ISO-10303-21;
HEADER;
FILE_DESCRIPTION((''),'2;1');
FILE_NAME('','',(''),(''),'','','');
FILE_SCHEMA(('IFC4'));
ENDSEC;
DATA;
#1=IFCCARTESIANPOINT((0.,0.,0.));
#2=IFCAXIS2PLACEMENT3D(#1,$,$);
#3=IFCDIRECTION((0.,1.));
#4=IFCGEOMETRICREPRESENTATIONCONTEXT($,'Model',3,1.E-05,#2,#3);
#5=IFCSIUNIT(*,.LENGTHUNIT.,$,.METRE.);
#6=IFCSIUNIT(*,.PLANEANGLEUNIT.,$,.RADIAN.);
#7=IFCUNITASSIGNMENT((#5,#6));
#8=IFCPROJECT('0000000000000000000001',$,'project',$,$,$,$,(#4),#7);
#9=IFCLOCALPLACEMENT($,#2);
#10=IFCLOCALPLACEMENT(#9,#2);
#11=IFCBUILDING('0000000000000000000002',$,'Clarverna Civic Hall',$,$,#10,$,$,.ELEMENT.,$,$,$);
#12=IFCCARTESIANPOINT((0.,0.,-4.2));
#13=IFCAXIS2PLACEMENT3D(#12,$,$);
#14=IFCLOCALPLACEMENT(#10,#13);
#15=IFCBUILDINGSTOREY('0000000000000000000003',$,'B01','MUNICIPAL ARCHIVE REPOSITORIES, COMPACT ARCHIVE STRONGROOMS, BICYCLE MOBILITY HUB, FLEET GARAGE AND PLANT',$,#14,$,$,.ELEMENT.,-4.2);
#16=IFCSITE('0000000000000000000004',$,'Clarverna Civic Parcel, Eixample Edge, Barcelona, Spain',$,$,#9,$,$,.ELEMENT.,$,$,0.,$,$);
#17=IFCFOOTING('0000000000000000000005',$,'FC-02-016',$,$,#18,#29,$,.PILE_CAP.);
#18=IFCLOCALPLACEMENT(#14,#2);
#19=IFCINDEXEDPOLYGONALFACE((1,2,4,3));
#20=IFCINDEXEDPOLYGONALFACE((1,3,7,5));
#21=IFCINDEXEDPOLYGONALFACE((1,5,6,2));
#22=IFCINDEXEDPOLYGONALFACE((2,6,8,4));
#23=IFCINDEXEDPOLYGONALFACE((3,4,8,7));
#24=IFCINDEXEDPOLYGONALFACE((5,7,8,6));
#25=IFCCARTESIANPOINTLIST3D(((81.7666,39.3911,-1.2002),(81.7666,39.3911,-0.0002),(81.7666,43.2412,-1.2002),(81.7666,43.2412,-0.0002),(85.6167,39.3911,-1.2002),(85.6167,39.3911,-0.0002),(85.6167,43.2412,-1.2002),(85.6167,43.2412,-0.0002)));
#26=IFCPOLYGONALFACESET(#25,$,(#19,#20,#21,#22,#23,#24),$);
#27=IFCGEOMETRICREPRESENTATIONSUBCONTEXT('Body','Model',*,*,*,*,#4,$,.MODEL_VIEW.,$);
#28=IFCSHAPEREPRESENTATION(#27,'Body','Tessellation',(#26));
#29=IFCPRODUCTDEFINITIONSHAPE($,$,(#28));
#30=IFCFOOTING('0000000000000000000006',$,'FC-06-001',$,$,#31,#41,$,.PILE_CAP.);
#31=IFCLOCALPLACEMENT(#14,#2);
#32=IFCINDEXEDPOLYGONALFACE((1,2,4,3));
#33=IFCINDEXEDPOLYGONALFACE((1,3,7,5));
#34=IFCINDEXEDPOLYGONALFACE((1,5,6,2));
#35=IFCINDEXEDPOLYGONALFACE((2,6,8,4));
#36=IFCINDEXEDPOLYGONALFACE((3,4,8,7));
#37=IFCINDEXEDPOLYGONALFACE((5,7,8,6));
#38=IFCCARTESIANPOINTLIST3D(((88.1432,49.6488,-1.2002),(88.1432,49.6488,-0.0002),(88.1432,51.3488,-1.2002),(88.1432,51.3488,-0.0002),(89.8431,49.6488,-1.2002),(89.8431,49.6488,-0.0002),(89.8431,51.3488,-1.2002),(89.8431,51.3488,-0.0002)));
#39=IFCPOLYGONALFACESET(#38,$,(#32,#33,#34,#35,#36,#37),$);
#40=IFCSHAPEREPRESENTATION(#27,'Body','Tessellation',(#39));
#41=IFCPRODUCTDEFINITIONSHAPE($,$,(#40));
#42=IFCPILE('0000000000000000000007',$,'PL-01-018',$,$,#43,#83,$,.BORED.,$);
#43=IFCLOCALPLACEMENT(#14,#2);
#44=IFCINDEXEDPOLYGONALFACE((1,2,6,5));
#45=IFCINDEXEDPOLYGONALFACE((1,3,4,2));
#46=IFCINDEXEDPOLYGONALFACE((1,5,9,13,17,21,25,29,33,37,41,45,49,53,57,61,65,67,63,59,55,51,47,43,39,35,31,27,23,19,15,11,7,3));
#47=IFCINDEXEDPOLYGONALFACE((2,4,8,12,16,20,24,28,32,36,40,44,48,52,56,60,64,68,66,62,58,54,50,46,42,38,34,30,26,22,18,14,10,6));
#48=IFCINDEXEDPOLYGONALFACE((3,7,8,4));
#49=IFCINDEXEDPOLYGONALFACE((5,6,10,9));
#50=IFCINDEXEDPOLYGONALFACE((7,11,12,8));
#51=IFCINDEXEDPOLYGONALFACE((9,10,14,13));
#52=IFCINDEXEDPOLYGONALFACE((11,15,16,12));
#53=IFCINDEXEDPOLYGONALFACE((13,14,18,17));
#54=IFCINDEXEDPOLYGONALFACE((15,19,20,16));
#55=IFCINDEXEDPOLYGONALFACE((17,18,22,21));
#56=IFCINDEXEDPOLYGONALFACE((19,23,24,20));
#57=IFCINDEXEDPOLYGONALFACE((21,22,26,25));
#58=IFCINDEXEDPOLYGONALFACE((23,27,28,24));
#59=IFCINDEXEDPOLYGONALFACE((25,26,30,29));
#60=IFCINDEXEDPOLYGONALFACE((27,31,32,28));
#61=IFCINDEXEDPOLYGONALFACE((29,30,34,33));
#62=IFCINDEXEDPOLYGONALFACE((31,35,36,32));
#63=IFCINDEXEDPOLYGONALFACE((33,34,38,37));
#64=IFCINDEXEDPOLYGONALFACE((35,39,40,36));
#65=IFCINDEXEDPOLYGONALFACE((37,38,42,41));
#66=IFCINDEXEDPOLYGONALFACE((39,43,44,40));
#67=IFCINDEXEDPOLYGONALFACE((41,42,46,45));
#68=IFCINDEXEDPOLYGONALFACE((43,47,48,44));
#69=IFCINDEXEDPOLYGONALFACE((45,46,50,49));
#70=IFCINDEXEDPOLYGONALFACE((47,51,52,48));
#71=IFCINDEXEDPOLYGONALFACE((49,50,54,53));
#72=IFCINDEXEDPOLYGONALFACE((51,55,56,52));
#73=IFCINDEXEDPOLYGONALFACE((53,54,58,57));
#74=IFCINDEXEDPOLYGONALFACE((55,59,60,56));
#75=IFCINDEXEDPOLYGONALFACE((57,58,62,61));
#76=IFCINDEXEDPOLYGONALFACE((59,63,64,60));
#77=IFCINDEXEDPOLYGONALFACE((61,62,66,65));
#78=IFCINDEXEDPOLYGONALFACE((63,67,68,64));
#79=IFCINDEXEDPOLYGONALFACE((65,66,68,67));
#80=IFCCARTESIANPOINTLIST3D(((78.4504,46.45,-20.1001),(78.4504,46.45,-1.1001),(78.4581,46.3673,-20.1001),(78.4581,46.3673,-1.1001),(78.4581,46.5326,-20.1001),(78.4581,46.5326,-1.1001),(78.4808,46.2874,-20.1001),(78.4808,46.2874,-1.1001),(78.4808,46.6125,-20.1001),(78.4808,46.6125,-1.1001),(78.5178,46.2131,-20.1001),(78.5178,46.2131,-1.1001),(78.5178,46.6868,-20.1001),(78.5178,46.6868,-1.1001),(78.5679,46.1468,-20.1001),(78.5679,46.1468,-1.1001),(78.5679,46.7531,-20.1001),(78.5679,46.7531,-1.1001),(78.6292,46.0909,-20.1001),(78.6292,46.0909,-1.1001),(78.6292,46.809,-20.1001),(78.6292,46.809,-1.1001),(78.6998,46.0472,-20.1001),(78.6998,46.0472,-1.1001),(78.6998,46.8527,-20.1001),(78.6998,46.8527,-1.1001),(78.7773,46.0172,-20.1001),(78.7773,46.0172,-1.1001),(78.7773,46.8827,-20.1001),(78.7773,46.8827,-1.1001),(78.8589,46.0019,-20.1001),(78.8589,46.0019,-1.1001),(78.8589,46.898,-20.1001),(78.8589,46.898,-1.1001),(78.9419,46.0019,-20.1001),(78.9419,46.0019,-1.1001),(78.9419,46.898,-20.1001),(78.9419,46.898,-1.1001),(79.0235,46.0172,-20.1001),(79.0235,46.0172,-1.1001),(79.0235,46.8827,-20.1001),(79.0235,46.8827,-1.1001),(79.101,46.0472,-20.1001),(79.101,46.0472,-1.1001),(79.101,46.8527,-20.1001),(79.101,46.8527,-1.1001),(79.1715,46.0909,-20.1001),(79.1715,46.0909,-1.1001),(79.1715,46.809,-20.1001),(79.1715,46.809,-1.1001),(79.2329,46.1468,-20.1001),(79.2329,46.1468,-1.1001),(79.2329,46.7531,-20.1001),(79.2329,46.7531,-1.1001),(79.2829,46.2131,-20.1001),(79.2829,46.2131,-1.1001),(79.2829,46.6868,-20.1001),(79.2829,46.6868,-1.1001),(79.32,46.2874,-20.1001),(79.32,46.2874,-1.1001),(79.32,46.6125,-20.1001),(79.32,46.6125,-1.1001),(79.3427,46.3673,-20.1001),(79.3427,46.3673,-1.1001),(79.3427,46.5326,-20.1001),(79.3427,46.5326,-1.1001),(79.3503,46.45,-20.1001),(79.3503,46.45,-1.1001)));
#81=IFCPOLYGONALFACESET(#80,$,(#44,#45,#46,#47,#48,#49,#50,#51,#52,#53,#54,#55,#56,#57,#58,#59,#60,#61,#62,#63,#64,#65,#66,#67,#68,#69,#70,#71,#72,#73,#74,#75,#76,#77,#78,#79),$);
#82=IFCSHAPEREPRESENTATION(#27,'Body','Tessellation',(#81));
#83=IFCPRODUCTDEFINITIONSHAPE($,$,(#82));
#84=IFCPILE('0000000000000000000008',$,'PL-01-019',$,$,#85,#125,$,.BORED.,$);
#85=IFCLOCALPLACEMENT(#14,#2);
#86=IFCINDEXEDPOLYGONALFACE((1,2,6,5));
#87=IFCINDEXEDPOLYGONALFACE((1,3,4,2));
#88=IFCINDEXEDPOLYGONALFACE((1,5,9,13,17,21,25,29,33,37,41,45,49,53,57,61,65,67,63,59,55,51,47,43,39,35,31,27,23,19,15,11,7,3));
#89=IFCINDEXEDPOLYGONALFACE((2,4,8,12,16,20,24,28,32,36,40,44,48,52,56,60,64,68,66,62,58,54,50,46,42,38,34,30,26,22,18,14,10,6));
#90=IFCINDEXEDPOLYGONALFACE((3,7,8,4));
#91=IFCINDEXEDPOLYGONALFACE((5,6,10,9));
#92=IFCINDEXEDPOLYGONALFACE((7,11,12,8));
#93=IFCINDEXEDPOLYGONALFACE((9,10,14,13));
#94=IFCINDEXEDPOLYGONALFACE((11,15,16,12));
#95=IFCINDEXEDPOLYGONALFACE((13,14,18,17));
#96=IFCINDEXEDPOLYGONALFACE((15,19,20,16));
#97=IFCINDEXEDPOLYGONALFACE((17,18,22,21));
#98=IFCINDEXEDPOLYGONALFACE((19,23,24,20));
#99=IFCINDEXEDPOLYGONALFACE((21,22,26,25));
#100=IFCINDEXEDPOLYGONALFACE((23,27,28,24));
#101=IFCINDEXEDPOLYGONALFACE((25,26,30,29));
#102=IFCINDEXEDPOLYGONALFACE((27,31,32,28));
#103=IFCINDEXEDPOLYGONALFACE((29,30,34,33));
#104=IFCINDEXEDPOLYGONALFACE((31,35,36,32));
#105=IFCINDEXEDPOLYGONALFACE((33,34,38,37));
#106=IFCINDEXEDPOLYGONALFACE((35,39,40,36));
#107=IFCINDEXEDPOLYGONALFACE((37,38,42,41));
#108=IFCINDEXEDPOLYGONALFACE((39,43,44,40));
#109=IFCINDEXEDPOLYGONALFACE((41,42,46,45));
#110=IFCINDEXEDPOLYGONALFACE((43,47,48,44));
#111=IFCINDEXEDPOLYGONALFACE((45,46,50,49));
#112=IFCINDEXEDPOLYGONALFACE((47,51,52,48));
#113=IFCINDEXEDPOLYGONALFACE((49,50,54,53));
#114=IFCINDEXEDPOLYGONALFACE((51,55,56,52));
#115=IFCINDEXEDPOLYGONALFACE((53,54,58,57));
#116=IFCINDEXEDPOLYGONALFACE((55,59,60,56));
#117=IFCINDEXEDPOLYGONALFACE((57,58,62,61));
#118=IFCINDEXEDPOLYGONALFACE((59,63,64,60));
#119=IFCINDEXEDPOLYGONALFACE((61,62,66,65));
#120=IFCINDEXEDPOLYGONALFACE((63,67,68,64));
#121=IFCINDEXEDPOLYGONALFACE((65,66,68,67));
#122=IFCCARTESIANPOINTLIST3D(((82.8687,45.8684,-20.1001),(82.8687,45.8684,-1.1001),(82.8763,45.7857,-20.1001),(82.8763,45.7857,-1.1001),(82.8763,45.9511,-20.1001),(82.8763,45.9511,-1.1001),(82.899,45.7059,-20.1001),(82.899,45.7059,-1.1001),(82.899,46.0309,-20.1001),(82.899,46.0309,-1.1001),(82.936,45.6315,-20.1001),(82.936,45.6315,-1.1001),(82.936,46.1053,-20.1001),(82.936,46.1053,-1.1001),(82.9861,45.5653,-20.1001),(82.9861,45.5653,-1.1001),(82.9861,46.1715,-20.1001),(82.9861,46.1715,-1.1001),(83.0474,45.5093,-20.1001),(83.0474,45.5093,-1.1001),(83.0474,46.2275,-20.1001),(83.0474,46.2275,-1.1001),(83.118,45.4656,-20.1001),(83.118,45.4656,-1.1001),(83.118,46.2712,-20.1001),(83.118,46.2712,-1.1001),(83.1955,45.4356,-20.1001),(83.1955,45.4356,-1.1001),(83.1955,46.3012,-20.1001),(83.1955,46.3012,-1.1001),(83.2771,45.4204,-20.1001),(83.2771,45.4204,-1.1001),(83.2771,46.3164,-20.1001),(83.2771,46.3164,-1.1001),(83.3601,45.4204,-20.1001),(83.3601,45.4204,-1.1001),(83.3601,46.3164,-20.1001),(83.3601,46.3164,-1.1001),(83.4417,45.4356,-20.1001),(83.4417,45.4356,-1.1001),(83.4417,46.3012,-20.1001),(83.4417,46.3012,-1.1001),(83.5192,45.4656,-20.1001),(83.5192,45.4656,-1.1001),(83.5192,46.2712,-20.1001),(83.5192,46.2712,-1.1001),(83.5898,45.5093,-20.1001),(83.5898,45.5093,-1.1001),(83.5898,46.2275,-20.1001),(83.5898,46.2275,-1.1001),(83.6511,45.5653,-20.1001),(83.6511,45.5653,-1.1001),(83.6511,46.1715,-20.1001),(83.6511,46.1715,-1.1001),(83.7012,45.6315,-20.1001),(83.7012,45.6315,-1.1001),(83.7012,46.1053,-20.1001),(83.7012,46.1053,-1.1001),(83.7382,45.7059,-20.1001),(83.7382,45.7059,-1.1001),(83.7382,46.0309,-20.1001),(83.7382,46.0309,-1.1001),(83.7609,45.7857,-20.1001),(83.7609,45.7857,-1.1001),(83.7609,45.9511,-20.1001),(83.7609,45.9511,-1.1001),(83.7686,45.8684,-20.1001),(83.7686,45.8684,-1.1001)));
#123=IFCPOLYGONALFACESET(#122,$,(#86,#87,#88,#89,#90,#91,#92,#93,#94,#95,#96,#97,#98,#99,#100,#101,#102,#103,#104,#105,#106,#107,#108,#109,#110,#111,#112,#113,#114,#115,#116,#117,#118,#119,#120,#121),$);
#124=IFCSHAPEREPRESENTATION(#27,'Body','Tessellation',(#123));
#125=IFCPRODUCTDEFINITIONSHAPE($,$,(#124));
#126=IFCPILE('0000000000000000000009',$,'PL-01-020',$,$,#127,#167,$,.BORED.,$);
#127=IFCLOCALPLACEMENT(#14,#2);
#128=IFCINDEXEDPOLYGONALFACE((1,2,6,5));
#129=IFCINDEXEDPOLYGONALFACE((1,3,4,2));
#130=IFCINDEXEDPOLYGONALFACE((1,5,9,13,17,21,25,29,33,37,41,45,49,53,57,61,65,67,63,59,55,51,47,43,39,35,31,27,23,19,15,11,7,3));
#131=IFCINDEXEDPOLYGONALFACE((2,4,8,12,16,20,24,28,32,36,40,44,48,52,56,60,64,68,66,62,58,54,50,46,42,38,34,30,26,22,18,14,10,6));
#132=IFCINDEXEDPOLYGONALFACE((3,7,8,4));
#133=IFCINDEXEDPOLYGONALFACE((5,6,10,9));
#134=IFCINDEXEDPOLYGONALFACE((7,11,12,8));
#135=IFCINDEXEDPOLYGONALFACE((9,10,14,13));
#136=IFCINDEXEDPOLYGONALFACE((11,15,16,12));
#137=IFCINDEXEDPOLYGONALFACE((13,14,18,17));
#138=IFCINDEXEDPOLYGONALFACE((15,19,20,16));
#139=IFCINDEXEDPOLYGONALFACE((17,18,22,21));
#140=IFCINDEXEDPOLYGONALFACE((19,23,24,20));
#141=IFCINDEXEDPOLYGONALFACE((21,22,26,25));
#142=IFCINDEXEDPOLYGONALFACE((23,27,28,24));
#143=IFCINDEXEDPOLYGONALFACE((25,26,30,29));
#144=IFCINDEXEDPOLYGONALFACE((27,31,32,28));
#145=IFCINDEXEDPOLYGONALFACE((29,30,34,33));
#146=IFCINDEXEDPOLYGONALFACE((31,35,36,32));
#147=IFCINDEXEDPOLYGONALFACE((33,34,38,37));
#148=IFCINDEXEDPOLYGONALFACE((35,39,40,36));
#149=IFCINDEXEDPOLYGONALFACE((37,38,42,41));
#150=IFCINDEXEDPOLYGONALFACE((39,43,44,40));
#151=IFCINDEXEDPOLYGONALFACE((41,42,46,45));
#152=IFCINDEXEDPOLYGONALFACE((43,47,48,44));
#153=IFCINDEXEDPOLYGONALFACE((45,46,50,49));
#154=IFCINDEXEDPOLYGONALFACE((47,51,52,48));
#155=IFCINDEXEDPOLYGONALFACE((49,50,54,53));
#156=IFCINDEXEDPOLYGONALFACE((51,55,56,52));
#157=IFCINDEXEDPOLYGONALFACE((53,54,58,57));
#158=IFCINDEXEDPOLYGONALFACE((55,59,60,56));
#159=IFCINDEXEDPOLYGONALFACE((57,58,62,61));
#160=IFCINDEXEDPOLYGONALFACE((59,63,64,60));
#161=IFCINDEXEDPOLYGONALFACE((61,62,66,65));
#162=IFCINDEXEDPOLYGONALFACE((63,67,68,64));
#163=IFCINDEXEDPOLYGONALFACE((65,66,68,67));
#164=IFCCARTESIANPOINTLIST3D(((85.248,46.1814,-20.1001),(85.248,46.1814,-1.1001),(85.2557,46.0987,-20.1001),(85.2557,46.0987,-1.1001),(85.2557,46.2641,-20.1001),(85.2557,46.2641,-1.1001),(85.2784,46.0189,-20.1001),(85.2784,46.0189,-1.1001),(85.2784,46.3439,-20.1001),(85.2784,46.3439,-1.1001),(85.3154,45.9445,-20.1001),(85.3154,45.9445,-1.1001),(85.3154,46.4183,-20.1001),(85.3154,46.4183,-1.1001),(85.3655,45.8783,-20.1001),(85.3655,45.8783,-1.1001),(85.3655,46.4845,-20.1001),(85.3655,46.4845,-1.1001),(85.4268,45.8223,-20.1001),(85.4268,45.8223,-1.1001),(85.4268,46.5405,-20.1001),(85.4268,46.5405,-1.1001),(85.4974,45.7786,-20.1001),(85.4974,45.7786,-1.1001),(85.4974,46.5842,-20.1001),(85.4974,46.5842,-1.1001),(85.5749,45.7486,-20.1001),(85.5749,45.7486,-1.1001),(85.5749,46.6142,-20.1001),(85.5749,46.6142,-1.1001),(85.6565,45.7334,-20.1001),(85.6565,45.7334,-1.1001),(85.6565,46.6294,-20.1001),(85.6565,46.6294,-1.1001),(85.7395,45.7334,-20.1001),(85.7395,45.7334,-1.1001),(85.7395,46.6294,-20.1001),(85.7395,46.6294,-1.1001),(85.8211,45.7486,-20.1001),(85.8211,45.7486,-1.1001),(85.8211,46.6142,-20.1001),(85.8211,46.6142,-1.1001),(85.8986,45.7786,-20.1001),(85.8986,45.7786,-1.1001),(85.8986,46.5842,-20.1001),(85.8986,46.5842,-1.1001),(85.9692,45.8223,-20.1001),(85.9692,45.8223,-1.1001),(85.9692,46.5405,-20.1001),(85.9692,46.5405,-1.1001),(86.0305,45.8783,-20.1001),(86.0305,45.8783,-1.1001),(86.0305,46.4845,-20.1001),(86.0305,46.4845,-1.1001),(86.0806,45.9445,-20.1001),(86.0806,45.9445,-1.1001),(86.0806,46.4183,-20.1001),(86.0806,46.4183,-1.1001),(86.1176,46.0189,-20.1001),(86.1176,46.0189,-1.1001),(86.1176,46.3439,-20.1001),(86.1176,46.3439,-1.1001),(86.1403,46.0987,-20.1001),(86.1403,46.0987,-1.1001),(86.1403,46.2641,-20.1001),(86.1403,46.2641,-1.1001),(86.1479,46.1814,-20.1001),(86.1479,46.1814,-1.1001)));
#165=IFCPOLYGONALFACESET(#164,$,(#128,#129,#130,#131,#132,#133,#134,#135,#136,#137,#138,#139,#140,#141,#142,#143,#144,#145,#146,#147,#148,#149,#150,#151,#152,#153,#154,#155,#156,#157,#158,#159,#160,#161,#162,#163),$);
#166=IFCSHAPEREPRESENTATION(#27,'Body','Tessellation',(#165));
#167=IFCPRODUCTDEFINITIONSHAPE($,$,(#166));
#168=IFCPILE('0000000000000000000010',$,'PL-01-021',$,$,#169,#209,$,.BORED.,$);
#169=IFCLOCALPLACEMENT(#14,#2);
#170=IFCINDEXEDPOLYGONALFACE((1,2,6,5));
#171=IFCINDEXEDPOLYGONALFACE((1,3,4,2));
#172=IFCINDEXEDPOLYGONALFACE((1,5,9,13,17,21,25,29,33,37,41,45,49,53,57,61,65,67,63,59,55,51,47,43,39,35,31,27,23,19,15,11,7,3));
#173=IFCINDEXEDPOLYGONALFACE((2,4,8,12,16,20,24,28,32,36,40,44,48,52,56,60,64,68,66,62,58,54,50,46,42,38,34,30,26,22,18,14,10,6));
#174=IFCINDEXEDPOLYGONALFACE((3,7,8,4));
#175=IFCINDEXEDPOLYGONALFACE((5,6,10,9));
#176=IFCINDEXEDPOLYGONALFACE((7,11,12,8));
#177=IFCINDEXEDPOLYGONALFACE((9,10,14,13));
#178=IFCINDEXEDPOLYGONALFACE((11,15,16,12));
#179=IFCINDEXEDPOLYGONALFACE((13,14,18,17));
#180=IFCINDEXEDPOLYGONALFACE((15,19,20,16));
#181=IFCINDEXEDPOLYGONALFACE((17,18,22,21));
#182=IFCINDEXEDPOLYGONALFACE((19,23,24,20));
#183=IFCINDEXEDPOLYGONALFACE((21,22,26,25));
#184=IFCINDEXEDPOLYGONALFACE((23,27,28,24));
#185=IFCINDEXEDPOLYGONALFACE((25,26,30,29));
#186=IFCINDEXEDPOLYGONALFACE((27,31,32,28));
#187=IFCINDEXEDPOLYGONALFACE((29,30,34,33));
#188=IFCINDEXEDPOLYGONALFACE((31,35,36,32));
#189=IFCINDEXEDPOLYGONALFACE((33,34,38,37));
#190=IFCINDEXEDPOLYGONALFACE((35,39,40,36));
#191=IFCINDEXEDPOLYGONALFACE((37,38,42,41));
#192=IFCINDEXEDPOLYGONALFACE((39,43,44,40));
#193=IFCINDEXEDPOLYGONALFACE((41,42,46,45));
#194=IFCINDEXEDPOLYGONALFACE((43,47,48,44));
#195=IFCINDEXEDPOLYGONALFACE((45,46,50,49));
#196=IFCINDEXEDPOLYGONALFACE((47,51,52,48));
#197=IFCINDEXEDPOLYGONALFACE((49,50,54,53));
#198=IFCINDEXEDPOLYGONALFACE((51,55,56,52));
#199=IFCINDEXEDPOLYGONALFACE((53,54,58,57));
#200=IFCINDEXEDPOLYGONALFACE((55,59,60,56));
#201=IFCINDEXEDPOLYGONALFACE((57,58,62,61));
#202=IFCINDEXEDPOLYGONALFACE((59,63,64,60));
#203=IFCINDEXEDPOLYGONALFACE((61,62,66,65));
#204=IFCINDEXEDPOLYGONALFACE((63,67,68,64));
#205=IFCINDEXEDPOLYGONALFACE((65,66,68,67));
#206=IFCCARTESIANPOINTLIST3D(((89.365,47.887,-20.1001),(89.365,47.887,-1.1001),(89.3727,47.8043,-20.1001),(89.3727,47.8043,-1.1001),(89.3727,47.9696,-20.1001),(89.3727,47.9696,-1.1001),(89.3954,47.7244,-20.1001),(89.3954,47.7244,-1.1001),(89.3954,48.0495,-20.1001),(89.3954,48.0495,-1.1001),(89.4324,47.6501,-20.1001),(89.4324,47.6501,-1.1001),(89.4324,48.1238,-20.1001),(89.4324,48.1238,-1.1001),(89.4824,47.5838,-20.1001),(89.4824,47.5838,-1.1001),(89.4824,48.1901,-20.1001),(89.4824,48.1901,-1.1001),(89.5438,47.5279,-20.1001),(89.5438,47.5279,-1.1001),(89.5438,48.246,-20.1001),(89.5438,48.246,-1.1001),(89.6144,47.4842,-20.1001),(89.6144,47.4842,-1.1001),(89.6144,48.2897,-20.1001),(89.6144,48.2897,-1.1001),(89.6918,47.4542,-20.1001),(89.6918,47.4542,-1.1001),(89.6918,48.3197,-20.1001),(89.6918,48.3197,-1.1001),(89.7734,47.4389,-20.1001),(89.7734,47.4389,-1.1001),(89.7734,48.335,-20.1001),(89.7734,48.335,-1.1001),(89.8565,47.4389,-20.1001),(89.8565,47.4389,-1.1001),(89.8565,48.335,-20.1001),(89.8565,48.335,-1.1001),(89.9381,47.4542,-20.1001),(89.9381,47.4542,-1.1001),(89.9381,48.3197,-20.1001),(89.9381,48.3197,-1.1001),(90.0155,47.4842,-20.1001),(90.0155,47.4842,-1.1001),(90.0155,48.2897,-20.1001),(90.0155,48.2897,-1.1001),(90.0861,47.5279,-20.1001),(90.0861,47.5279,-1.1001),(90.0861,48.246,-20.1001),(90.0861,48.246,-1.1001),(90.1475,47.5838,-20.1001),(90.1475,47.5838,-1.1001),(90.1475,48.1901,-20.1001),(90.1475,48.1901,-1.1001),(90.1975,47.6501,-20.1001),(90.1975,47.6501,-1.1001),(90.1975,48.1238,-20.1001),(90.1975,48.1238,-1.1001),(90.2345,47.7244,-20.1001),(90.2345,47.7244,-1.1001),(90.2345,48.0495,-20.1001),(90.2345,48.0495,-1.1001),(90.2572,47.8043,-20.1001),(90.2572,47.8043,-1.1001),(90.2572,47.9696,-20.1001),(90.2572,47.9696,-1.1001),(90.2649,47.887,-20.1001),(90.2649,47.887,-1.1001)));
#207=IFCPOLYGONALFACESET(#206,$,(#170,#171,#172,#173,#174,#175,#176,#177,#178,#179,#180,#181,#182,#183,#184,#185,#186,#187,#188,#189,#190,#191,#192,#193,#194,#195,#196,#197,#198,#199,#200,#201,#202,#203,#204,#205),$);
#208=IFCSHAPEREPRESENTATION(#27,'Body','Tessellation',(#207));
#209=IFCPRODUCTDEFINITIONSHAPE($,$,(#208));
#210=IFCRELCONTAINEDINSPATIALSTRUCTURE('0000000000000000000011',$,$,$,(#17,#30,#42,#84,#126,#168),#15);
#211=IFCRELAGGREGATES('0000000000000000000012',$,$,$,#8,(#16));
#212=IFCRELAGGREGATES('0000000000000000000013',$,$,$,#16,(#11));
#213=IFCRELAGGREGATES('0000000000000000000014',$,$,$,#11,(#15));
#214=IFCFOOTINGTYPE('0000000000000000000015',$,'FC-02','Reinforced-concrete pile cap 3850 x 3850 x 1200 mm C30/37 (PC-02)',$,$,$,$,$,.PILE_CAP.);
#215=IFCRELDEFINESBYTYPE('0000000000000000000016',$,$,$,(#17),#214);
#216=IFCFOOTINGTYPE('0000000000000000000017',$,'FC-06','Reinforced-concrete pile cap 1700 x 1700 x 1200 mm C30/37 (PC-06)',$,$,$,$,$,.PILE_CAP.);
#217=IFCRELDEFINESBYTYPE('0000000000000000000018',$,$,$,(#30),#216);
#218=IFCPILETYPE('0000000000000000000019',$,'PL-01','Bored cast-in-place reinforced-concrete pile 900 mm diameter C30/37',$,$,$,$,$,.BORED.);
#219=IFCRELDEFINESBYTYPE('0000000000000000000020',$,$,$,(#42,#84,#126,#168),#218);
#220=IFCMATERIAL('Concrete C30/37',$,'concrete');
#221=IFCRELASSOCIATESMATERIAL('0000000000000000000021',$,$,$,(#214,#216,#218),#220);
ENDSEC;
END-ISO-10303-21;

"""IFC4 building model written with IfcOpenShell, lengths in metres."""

from ifc_helpers import new_model, si_unit, direction, frame, origin, origin_2d, place, context, subcontext, project, spatial, rectangle, circle, extrude, material, material_profile, profile_set, type_object, element, save


model = new_model("IFC4")

# Units and contexts
model_context = context("Model", 3, precision=1e-05, world=origin(), true_north=direction((0.0, 1.0)))
body_context = subcontext(model_context, "Body", "Model", "MODEL_VIEW")
ifc_project = project(units=[si_unit("LENGTHUNIT", "METRE"), si_unit("PLANEANGLEUNIT", "RADIAN")], contexts=[model_context])

# Site, building, storey
site_placement = place(None, origin())
site = spatial("IfcSite", under=ifc_project, at=site_placement, Name="Clarverna Civic Parcel, Eixample Edge, Barcelona, Spain", CompositionType="ELEMENT", RefElevation=0.0)
building_placement = place(site_placement, origin())
building = spatial("IfcBuilding", under=site, at=building_placement, Name="Clarverna Civic Hall", CompositionType="ELEMENT")
storey_placement = place(building_placement, frame((0.0, 0.0, -4.2)))
storey = spatial("IfcBuildingStorey", under=building, at=storey_placement, Name="B01", Description="MUNICIPAL ARCHIVE REPOSITORIES, COMPACT ARCHIVE STRONGROOMS, BICYCLE MOBILITY HUB, FLEET GARAGE AND PLANT", CompositionType="ELEMENT", Elevation=-4.2)

# Footings
ifc_material_1 = material(Name="Concrete C30/37", Category="concrete")
footing_type_1 = type_object("IfcFootingType", Name="FC-02", Description="Reinforced-concrete pile cap 3850 x 3850 x 1200 mm C30/37 (PC-02)", PredefinedType="PILE_CAP", material=ifc_material_1)
footing_1_placement = place(storey_placement, frame((83.6917, 41.3162, -1.2002), z_axis=(0.0, 0.0, 1.0), x_axis=(1.0, 0.0, 0.0)))
element("IfcFooting", 1, at=footing_1_placement, inside=storey, type_object=footing_type_1, Name="FC-02-016", PredefinedType="PILE_CAP", context=body_context, shape_type="SweptSolid", body=[
    extrude(rectangle(XDim=3.8501, YDim=3.8501, at=origin_2d()), origin(), (0.0, 0.0, 1.0), 1.2),
])
footing_type_2 = type_object("IfcFootingType", Name="FC-06", Description="Reinforced-concrete pile cap 1700 x 1700 x 1200 mm C30/37 (PC-06)", PredefinedType="PILE_CAP", material=ifc_material_1)
footing_2_placement = place(storey_placement, frame((88.9932, 50.4988, -1.2002), z_axis=(0.0, 0.0, 1.0), x_axis=(1.0, 0.0, 0.0)))
element("IfcFooting", 2, at=footing_2_placement, inside=storey, type_object=footing_type_2, Name="FC-06-001", PredefinedType="PILE_CAP", context=body_context, shape_type="SweptSolid", body=[
    extrude(rectangle(XDim=1.7, YDim=1.7, at=origin_2d()), origin(), (0.0, 0.0, 1.0), 1.2),
])

# Piles
ifc_material_profile_1 = material_profile(ifc_material_1, circle(Radius=0.45, at=origin_2d()), Name="BORED PILE D900")
ifc_profile_set_1 = profile_set([ifc_material_profile_1], Name="Concrete C30/37")
pile_type = type_object("IfcPileType", Name="PL-01", Description="Bored cast-in-place reinforced-concrete pile 900 mm diameter C30/37", PredefinedType="BORED", material=ifc_profile_set_1)
for number, where, z_axis, x_axis, name in (
    (3, (78.9004, 46.45, -1.1001), (0.0, 0.0, -1.0), (1.0, 0.0, 0.0), "PL-01-018"),
    (4, (83.3186, 45.8684, -1.1001), (0.0, 0.0, -1.0), (1.0, 0.0, 0.0), "PL-01-019"),
    (5, (85.698, 46.1814, -1.1001), (0.0, 0.0, -1.0), (1.0, 0.0, 0.0), "PL-01-020"),
    (6, (89.8149, 47.887, -1.1001), (0.0, 0.0, -1.0), (1.0, 0.0, 0.0), "PL-01-021"),
):
    element("IfcPile", number, at=place(storey_placement, frame(where, z_axis=z_axis, x_axis=x_axis)), inside=storey, type_object=pile_type, Name=name, PredefinedType="BORED", context=body_context, shape_type="SweptSolid", body=[
        extrude(circle(Radius=0.45, at=origin_2d()), origin(), (0.0, 0.0, 1.0), 19.0),
    ])

save(model, "model.ifc")
